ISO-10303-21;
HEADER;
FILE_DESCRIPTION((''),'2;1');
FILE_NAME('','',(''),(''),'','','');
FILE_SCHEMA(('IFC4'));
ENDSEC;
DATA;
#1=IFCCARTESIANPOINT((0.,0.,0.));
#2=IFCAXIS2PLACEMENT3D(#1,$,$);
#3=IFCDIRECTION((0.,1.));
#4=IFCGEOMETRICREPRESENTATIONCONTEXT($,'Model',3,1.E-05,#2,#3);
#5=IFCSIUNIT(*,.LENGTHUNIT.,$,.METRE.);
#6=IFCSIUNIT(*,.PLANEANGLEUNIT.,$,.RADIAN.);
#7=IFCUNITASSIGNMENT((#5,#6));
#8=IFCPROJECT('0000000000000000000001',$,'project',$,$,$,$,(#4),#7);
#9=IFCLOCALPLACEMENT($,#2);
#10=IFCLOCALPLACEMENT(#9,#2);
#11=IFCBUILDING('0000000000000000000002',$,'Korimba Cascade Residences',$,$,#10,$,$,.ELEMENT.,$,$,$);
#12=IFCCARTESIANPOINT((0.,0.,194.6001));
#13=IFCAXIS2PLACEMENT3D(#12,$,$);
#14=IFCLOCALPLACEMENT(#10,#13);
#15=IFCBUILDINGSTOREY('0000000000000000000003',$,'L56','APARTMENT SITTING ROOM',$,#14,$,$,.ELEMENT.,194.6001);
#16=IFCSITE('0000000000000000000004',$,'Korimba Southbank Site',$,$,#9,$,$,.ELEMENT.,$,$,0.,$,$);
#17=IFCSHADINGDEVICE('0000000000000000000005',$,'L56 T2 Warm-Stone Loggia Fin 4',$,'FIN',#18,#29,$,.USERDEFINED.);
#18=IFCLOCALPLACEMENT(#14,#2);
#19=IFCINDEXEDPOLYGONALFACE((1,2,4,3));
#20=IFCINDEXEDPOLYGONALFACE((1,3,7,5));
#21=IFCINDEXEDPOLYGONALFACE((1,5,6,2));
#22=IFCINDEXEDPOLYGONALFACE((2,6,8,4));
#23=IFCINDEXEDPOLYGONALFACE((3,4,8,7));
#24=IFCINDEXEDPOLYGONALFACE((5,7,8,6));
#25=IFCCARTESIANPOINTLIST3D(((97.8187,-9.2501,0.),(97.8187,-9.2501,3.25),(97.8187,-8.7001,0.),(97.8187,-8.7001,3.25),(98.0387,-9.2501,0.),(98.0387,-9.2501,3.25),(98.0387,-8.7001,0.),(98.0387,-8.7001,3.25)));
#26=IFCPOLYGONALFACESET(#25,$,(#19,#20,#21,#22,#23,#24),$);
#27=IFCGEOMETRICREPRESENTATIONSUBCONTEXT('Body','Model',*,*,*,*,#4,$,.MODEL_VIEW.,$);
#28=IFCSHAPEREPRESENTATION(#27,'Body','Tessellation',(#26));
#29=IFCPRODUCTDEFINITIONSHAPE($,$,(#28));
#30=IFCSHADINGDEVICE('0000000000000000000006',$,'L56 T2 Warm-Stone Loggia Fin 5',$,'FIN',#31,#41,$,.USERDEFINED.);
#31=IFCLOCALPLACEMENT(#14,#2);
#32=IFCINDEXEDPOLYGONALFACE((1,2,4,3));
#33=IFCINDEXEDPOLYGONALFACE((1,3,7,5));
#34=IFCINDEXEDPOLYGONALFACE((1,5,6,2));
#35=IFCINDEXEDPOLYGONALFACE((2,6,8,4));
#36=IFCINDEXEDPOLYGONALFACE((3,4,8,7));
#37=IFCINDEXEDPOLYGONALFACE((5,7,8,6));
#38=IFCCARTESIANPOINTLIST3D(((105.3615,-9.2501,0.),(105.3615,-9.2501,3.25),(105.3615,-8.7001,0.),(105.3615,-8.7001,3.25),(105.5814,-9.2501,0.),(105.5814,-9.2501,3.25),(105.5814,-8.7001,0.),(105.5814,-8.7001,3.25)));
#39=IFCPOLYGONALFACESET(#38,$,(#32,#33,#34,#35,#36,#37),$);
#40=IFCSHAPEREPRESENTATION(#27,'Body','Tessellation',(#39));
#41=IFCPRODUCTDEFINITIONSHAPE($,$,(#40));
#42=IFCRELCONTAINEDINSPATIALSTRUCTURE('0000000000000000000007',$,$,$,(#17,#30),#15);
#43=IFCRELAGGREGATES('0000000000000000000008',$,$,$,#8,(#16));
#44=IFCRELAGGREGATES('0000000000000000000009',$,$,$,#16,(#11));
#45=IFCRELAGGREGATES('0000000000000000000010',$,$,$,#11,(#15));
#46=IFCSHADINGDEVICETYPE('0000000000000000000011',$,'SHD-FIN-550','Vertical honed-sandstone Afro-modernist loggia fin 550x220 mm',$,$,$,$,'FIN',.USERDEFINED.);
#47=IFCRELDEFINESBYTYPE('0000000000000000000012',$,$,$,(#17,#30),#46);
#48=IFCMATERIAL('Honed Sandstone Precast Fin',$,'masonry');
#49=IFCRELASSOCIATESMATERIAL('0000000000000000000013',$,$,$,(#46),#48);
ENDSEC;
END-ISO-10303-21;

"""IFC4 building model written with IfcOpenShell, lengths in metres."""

from ifc_helpers import new_model, si_unit, direction, frame, origin, origin_2d, place, context, subcontext, project, spatial, rectangle, extrude, material, type_object, element, save


model = new_model("IFC4")

# Units and contexts
model_context = context("Model", 3, precision=1e-05, world=origin(), true_north=direction((0.0, 1.0)))
body_context = subcontext(model_context, "Body", "Model", "MODEL_VIEW")
ifc_project = project(units=[si_unit("LENGTHUNIT", "METRE"), si_unit("PLANEANGLEUNIT", "RADIAN")], contexts=[model_context])

# Site, building, storey
site_placement = place(None, origin())
site = spatial("IfcSite", under=ifc_project, at=site_placement, Name="Korimba Southbank Site", CompositionType="ELEMENT", RefElevation=0.0)
building_placement = place(site_placement, origin())
building = spatial("IfcBuilding", under=site, at=building_placement, Name="Korimba Cascade Residences", CompositionType="ELEMENT")
storey_placement = place(building_placement, frame((0.0, 0.0, 194.6001)))
storey = spatial("IfcBuildingStorey", under=building, at=storey_placement, Name="L56", Description="APARTMENT SITTING ROOM", CompositionType="ELEMENT", Elevation=194.6001)

# Shading devices
ifc_material_1 = material(Name="Honed Sandstone Precast Fin", Category="masonry")
shading_device_type = type_object("IfcShadingDeviceType", Name="SHD-FIN-550", Description="Vertical honed-sandstone Afro-modernist loggia fin 550x220 mm", ElementType="FIN", PredefinedType="USERDEFINED", material=ifc_material_1)
for number, where, z_axis, x_axis, name in (
    (1, (97.9287, -8.9751, 0.0), (0.0, 0.0, 1.0), (1.0, 0.0, 0.0), "L56 T2 Warm-Stone Loggia Fin 4"),
    (2, (105.4714, -8.9751, 0.0), (0.0, 0.0, 1.0), (1.0, 0.0, 0.0), "L56 T2 Warm-Stone Loggia Fin 5"),
):
    element("IfcShadingDevice", number, at=place(storey_placement, frame(where, z_axis=z_axis, x_axis=x_axis)), inside=storey, type_object=shading_device_type, Name=name, ObjectType="FIN", PredefinedType="USERDEFINED", context=body_context, shape_type="SweptSolid", body=[
        extrude(rectangle(XDim=0.22, YDim=0.55, at=origin_2d()), origin(), (0.0, 0.0, 1.0), 3.25),
    ])

save(model, "model.ifc")
